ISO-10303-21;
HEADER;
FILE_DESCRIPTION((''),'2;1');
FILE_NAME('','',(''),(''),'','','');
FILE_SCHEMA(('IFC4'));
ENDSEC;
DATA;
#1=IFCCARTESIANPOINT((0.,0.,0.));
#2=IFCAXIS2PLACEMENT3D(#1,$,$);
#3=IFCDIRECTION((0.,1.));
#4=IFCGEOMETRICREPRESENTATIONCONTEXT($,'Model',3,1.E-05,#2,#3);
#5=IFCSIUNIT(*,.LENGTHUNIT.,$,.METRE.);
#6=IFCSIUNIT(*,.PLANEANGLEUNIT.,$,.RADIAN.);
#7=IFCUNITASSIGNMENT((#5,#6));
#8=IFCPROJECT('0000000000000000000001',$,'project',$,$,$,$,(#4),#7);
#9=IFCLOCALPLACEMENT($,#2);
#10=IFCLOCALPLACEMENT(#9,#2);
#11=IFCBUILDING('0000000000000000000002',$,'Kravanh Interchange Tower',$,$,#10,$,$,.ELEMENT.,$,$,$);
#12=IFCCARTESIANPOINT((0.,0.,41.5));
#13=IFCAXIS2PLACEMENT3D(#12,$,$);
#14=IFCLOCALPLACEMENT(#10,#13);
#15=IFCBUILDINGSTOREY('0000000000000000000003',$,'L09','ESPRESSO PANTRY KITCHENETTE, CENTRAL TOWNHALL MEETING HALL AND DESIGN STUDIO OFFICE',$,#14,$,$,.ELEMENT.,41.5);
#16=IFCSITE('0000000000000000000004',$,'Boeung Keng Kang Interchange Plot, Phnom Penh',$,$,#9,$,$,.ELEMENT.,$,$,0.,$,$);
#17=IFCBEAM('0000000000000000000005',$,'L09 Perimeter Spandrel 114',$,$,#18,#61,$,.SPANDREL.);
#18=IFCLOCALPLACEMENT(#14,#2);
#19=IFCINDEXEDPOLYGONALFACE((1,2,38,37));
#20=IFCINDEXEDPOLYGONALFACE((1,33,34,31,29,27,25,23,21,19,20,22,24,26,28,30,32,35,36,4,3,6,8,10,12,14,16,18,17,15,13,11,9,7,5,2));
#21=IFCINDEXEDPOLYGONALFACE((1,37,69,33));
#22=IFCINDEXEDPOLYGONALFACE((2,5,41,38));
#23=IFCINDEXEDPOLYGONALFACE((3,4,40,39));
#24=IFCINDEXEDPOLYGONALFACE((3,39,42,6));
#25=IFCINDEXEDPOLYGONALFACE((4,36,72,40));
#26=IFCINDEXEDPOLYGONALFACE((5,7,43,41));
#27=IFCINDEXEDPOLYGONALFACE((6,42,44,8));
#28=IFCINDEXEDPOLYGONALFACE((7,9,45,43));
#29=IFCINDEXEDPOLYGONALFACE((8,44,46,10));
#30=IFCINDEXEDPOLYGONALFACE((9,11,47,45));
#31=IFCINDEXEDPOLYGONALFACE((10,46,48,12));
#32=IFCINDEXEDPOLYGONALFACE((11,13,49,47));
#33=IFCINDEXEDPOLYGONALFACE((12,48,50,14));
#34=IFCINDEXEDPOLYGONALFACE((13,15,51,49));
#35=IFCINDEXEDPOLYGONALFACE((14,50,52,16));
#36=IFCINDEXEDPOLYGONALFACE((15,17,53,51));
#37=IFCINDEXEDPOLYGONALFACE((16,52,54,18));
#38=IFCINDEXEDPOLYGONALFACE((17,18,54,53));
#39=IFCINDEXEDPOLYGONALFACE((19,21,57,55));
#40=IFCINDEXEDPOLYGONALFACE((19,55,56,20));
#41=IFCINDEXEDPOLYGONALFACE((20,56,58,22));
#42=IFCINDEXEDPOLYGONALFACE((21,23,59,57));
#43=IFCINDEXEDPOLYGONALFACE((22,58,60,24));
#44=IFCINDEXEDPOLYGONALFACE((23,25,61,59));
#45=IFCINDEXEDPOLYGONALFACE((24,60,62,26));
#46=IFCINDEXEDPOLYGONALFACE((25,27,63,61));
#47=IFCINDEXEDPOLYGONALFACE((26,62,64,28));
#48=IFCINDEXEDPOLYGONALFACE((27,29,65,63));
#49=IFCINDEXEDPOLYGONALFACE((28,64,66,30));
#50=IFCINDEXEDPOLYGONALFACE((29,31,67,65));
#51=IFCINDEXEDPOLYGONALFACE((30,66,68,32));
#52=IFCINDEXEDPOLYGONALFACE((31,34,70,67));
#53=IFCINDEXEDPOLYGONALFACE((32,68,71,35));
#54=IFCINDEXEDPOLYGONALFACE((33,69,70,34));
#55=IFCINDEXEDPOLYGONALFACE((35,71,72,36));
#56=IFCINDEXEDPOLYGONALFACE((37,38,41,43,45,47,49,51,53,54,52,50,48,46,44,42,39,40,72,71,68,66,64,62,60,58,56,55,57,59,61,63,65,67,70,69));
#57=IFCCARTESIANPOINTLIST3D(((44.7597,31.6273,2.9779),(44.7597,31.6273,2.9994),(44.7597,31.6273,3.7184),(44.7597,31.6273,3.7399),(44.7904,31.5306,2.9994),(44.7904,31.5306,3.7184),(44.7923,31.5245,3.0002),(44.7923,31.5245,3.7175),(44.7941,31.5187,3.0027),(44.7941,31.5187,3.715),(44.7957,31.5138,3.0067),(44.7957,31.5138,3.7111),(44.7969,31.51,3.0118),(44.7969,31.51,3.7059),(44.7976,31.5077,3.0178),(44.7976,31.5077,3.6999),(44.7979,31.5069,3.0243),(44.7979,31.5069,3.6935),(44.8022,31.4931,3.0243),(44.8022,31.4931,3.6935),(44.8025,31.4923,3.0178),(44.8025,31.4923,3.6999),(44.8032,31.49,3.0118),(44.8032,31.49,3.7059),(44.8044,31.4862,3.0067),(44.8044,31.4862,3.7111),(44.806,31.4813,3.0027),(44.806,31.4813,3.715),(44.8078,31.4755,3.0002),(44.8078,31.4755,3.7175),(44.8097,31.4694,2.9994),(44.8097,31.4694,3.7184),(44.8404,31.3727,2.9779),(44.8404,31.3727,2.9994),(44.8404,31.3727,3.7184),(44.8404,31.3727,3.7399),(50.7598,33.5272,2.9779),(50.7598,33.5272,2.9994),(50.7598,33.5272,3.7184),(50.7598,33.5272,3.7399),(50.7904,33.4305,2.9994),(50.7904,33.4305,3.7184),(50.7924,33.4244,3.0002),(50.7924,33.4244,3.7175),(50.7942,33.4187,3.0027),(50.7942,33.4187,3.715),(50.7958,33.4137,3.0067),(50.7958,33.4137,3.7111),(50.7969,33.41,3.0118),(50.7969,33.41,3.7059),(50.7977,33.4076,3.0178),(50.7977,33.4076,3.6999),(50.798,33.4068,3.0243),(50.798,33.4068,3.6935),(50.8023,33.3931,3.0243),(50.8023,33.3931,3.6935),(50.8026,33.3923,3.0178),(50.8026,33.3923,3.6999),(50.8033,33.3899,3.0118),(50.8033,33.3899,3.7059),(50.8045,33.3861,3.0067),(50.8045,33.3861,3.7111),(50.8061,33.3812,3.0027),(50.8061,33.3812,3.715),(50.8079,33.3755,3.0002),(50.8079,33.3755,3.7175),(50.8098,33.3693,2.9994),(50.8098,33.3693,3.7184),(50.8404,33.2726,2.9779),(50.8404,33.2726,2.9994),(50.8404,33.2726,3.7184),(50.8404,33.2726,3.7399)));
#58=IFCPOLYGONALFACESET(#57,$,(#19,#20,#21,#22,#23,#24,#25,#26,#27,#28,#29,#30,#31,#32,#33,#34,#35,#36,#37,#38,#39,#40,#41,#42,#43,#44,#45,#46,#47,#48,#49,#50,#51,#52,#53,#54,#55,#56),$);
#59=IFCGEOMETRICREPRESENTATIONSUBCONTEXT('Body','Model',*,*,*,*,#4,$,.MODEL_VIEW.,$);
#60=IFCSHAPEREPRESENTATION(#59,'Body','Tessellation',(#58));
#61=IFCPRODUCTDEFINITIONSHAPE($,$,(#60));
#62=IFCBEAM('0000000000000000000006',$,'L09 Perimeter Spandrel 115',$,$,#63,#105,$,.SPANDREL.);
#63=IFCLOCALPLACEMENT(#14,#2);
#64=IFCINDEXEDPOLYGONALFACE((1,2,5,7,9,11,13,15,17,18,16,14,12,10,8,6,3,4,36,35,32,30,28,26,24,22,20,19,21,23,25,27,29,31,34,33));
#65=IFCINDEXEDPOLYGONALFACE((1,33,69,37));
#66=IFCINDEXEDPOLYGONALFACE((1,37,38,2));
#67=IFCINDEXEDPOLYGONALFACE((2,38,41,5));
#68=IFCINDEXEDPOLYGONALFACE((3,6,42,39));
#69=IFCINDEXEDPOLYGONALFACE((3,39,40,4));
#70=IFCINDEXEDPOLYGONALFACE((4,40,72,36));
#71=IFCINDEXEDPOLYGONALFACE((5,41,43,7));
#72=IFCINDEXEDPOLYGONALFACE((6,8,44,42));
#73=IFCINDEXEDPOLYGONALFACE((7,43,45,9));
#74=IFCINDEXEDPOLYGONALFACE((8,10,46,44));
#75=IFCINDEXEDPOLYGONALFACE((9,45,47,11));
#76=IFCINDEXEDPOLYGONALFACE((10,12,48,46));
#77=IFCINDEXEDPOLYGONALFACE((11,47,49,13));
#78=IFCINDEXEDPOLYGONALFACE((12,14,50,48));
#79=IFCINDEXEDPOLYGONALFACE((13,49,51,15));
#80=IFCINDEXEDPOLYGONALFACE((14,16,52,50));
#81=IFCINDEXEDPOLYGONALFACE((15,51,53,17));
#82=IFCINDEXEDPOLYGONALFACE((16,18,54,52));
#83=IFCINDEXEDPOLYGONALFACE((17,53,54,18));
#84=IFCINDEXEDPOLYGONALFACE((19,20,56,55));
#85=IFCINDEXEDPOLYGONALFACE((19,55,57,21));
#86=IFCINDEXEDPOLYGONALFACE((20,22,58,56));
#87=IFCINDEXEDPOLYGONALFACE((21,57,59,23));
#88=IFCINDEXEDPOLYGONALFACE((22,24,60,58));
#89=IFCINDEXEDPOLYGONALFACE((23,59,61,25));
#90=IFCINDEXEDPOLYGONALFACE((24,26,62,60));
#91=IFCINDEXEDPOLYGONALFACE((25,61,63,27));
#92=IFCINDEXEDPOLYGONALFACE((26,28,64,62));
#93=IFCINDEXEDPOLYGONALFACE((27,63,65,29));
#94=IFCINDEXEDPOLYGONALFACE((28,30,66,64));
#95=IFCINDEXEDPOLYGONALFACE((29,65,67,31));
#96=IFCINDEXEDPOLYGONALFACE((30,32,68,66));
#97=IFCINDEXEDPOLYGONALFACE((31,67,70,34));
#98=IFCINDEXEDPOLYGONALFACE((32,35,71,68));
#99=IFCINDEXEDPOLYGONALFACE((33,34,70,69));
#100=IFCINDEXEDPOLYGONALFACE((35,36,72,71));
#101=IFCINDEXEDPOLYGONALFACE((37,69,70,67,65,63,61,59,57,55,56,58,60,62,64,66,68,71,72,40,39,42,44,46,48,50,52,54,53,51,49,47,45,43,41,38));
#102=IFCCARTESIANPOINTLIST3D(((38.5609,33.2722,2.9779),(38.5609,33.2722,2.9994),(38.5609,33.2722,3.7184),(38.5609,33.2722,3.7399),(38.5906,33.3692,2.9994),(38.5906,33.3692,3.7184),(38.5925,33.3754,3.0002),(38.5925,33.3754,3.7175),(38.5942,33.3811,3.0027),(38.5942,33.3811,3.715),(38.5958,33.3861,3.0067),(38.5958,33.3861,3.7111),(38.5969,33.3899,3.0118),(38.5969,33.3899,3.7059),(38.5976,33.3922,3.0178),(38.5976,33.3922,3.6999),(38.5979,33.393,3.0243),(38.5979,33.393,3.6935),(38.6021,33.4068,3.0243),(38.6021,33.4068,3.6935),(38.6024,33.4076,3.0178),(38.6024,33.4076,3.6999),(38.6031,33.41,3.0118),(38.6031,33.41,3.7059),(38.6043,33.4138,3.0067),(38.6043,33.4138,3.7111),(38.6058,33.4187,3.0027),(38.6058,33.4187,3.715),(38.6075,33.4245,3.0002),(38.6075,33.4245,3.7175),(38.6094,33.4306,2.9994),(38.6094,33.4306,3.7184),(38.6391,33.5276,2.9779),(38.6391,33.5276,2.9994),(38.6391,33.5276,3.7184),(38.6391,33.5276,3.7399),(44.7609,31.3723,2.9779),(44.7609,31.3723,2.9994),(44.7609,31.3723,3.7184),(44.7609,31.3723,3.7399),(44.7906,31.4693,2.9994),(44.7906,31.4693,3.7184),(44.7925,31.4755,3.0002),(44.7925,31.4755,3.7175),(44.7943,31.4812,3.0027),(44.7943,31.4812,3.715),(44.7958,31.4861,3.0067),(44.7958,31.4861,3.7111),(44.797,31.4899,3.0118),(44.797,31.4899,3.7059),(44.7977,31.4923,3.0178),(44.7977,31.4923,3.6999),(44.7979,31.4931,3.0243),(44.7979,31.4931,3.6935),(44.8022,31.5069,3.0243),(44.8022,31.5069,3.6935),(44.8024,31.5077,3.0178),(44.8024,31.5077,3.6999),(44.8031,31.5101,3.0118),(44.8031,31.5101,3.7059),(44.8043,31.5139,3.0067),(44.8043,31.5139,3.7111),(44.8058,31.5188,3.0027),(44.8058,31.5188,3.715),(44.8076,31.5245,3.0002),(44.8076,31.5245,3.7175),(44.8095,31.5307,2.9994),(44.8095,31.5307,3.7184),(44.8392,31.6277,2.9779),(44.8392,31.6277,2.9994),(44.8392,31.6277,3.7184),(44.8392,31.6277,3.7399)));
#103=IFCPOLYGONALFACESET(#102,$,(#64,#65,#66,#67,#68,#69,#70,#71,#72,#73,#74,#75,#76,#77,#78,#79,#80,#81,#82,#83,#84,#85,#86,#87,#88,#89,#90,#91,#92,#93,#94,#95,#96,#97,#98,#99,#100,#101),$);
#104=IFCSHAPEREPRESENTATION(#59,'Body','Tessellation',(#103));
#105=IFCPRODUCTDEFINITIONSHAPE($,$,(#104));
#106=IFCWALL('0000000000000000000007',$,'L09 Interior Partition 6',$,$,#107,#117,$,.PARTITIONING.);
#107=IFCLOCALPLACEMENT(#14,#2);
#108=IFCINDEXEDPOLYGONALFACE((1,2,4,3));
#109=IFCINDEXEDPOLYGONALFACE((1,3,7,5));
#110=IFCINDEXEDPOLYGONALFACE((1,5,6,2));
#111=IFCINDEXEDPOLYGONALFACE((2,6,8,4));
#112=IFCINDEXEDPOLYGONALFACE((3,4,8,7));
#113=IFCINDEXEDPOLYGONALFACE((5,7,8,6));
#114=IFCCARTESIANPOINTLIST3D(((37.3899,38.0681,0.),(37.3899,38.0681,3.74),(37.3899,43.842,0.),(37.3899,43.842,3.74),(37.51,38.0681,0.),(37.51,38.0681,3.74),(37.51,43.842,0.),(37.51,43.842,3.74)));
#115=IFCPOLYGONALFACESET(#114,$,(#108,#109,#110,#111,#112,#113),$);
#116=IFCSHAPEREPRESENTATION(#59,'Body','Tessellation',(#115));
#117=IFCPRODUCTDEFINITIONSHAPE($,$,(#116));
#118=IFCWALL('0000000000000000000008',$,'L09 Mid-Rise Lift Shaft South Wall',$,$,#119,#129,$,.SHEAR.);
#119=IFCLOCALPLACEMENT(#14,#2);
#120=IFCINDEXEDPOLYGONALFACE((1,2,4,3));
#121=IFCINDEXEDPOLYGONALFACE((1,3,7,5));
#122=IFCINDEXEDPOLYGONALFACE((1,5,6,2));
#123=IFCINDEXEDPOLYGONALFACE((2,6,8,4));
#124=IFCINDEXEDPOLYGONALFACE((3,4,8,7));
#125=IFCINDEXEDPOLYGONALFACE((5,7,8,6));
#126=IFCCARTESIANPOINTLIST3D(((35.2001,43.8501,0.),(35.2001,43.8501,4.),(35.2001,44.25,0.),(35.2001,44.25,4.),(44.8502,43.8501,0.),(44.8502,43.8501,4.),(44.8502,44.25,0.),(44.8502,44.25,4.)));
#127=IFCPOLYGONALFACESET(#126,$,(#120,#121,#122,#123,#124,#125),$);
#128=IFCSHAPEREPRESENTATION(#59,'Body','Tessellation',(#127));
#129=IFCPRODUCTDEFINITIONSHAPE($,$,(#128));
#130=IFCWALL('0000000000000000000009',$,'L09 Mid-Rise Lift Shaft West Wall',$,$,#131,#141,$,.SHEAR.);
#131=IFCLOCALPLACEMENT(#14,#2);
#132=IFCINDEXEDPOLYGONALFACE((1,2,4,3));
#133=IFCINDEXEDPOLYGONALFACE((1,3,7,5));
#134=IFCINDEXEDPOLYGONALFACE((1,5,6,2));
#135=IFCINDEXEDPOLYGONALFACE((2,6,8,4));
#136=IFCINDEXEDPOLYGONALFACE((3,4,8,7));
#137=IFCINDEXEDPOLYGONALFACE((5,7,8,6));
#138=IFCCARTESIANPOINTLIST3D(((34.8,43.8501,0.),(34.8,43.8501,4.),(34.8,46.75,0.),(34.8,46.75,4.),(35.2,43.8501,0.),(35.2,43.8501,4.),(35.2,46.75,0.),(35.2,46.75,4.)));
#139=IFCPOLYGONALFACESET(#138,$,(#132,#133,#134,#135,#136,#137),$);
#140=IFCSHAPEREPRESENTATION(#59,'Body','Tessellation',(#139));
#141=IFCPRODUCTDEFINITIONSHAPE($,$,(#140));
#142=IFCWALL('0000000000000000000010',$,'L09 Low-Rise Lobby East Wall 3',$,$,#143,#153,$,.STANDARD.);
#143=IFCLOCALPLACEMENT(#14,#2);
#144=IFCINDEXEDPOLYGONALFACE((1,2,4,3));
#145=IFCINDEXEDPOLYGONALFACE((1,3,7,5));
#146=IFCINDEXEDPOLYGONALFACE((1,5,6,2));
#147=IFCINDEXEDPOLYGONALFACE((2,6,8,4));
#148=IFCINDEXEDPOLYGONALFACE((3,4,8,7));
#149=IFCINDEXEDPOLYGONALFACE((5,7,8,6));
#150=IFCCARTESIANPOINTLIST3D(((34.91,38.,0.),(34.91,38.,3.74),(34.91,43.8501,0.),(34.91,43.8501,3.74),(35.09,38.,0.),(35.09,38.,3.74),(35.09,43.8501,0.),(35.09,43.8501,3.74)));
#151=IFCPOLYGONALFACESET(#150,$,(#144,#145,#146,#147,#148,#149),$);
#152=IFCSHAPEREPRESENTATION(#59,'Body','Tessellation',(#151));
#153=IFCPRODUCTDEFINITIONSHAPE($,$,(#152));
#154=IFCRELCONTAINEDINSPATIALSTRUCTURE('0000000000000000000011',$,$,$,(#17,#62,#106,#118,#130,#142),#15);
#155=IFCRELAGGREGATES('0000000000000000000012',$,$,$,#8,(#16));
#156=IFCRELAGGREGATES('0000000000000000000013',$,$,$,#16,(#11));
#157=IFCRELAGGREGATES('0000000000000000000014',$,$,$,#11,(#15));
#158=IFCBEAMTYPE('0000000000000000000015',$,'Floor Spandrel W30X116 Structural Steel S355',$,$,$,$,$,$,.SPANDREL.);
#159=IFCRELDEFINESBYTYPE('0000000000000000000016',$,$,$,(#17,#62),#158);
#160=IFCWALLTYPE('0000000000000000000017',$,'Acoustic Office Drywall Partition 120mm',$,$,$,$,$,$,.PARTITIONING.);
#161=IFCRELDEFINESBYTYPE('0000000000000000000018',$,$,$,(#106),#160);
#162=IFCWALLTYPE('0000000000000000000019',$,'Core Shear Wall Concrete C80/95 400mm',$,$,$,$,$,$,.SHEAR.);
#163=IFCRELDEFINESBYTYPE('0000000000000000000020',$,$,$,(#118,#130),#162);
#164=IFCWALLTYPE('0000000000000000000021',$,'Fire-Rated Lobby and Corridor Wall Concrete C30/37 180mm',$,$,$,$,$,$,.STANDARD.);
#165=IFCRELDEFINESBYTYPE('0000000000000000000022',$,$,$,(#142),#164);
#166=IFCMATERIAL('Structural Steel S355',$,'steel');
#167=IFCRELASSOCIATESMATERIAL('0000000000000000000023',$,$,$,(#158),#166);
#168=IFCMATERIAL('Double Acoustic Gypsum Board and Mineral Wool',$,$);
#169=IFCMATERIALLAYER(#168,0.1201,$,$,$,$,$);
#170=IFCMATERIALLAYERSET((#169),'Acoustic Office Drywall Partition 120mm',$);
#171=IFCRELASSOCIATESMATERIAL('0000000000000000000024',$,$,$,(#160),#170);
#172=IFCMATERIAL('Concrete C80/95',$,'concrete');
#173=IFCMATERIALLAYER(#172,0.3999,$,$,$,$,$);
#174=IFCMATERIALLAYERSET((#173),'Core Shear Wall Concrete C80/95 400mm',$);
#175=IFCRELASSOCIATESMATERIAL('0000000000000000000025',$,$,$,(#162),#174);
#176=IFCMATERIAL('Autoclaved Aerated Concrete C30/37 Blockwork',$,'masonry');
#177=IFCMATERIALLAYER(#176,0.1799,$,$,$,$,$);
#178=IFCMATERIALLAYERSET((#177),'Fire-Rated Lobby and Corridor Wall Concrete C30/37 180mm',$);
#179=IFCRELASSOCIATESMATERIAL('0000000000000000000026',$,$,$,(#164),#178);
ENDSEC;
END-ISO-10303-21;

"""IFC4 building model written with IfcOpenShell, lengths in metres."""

from ifc_helpers import new_model, si_unit, direction, frame, frame_2d, origin, origin_2d, place, context, subcontext, project, spatial, rectangle, i_section, extrude, material, layer, layer_set, material_profile, profile_set, type_object, element, save


model = new_model("IFC4")

# Units and contexts
model_context = context("Model", 3, precision=1e-05, world=origin(), true_north=direction((0.0, 1.0)))
body_context = subcontext(model_context, "Body", "Model", "MODEL_VIEW")
ifc_project = project(units=[si_unit("LENGTHUNIT", "METRE"), si_unit("PLANEANGLEUNIT", "RADIAN")], contexts=[model_context])

# Site, building, storey
site_placement = place(None, origin())
site = spatial("IfcSite", under=ifc_project, at=site_placement, Name="Boeung Keng Kang Interchange Plot, Phnom Penh", CompositionType="ELEMENT", RefElevation=0.0)
building_placement = place(site_placement, origin())
building = spatial("IfcBuilding", under=site, at=building_placement, Name="Kravanh Interchange Tower", CompositionType="ELEMENT")
storey_placement = place(building_placement, frame((0.0, 0.0, 41.5)))
storey = spatial("IfcBuildingStorey", under=building, at=storey_placement, Name="L09", Description="ESPRESSO PANTRY KITCHENETTE, CENTRAL TOWNHALL MEETING HALL AND DESIGN STUDIO OFFICE", CompositionType="ELEMENT", Elevation=41.5)

# Beams
ifc_material_1 = material(Name="Structural Steel S355", Category="steel")
ifc_material_profile_1 = material_profile(ifc_material_1, i_section(OverallWidth=0.2671, OverallDepth=0.762, WebThickness=0.0144, FlangeThickness=0.0215, FilletRadius=0.0249, at=origin_2d()), Name="W30X116")
ifc_profile_set_1 = profile_set([ifc_material_profile_1], Name="Structural Steel S355")
beam_type_1 = type_object("IfcBeamType", Name="Floor Spandrel W30X116 Structural Steel S355", PredefinedType="SPANDREL", material=ifc_profile_set_1)
beam_1_placement = place(storey_placement, frame((44.8, 31.5, 3.3589), z_axis=(0.953347, 0.301878, 0.0), x_axis=(-0.301878, 0.953347, 0.0)))
element("IfcBeam", 1, at=beam_1_placement, inside=storey, type_object=beam_type_1, Name="L09 Perimeter Spandrel 114", PredefinedType="SPANDREL", context=body_context, shape_type="SweptSolid", body=[
    extrude(i_section(OverallWidth=0.2671, OverallDepth=0.762, WebThickness=0.0144, FlangeThickness=0.0215, FilletRadius=0.0249, at=origin_2d()), origin(), (0.0, 0.0, 1.0), 6.2937),
])
beam_2_placement = place(storey_placement, frame((44.8, 31.5, 3.3589), z_axis=(-0.956115, 0.29299, 0.0), x_axis=(-0.29299, -0.956115, 0.0)))
element("IfcBeam", 2, at=beam_2_placement, inside=storey, type_object=beam_type_1, Name="L09 Perimeter Spandrel 115", PredefinedType="SPANDREL", context=body_context, shape_type="SweptSolid", body=[
    extrude(i_section(OverallWidth=0.2671, OverallDepth=0.762, WebThickness=0.0144, FlangeThickness=0.0215, FilletRadius=0.0249, at=origin_2d()), origin(), (0.0, 0.0, 1.0), 6.4846),
])

# Walls
ifc_material_2 = material(Name="Double Acoustic Gypsum Board and Mineral Wool")
ifc_layer_1 = layer(ifc_material_2, 0.1201)
ifc_layer_set_1 = layer_set([ifc_layer_1], Name="Acoustic Office Drywall Partition 120mm")
wall_type_1 = type_object("IfcWallType", Name="Acoustic Office Drywall Partition 120mm", PredefinedType="PARTITIONING", material=ifc_layer_set_1)
wall_1_placement = place(storey_placement, frame((37.45, 38.0681, 0.0), z_axis=(0.0, 0.0, 1.0), x_axis=(0.0, 1.0, 0.0)))
element("IfcWall", 3, at=wall_1_placement, inside=storey, type_object=wall_type_1, Name="L09 Interior Partition 6", PredefinedType="PARTITIONING", context=body_context, shape_type="SweptSolid", body=[
    extrude(rectangle(XDim=5.7739, YDim=0.1201, at=frame_2d((2.887, 0.0))), origin(), (0.0, 0.0, 1.0), 3.74),
])
ifc_material_3 = material(Name="Concrete C80/95", Category="concrete")
ifc_layer_2 = layer(ifc_material_3, 0.3999)
ifc_layer_set_2 = layer_set([ifc_layer_2], Name="Core Shear Wall Concrete C80/95 400mm")
wall_type_2 = type_object("IfcWallType", Name="Core Shear Wall Concrete C80/95 400mm", PredefinedType="SHEAR", material=ifc_layer_set_2)
wall_2_placement = place(storey_placement, frame((35.2, 44.05, 0.0), z_axis=(0.0, 0.0, 1.0), x_axis=(1.0, 0.0, 0.0)))
element("IfcWall", 4, at=wall_2_placement, inside=storey, type_object=wall_type_2, Name="L09 Mid-Rise Lift Shaft South Wall", PredefinedType="SHEAR", context=body_context, shape_type="SweptSolid", body=[
    extrude(rectangle(XDim=9.6501, YDim=0.3999, at=frame_2d((4.8252, 0.0))), origin(), (0.0, 0.0, 1.0), 4.0),
])
wall_3_placement = place(storey_placement, frame((35.0, 43.8501, 0.0), z_axis=(0.0, 0.0, 1.0), x_axis=(0.0, 1.0, 0.0)))
element("IfcWall", 5, at=wall_3_placement, inside=storey, type_object=wall_type_2, Name="L09 Mid-Rise Lift Shaft West Wall", PredefinedType="SHEAR", context=body_context, shape_type="SweptSolid", body=[
    extrude(rectangle(XDim=2.8999, YDim=0.3999, at=frame_2d((1.45, 0.0))), origin(), (0.0, 0.0, 1.0), 4.0),
])
ifc_material_4 = material(Name="Autoclaved Aerated Concrete C30/37 Blockwork", Category="masonry")
ifc_layer_3 = layer(ifc_material_4, 0.1799)
ifc_layer_set_3 = layer_set([ifc_layer_3], Name="Fire-Rated Lobby and Corridor Wall Concrete C30/37 180mm")
wall_type_3 = type_object("IfcWallType", Name="Fire-Rated Lobby and Corridor Wall Concrete C30/37 180mm", PredefinedType="STANDARD", material=ifc_layer_set_3)
wall_4_placement = place(storey_placement, frame((35.0, 38.0, 0.0), z_axis=(0.0, 0.0, 1.0), x_axis=(0.0, 1.0, 0.0)))
element("IfcWall", 6, at=wall_4_placement, inside=storey, type_object=wall_type_3, Name="L09 Low-Rise Lobby East Wall 3", PredefinedType="STANDARD", context=body_context, shape_type="SweptSolid", body=[
    extrude(rectangle(XDim=5.8501, YDim=0.1799, at=frame_2d((2.925, 0.0))), origin(), (0.0, 0.0, 1.0), 3.74),
])

save(model, "model.ifc")
